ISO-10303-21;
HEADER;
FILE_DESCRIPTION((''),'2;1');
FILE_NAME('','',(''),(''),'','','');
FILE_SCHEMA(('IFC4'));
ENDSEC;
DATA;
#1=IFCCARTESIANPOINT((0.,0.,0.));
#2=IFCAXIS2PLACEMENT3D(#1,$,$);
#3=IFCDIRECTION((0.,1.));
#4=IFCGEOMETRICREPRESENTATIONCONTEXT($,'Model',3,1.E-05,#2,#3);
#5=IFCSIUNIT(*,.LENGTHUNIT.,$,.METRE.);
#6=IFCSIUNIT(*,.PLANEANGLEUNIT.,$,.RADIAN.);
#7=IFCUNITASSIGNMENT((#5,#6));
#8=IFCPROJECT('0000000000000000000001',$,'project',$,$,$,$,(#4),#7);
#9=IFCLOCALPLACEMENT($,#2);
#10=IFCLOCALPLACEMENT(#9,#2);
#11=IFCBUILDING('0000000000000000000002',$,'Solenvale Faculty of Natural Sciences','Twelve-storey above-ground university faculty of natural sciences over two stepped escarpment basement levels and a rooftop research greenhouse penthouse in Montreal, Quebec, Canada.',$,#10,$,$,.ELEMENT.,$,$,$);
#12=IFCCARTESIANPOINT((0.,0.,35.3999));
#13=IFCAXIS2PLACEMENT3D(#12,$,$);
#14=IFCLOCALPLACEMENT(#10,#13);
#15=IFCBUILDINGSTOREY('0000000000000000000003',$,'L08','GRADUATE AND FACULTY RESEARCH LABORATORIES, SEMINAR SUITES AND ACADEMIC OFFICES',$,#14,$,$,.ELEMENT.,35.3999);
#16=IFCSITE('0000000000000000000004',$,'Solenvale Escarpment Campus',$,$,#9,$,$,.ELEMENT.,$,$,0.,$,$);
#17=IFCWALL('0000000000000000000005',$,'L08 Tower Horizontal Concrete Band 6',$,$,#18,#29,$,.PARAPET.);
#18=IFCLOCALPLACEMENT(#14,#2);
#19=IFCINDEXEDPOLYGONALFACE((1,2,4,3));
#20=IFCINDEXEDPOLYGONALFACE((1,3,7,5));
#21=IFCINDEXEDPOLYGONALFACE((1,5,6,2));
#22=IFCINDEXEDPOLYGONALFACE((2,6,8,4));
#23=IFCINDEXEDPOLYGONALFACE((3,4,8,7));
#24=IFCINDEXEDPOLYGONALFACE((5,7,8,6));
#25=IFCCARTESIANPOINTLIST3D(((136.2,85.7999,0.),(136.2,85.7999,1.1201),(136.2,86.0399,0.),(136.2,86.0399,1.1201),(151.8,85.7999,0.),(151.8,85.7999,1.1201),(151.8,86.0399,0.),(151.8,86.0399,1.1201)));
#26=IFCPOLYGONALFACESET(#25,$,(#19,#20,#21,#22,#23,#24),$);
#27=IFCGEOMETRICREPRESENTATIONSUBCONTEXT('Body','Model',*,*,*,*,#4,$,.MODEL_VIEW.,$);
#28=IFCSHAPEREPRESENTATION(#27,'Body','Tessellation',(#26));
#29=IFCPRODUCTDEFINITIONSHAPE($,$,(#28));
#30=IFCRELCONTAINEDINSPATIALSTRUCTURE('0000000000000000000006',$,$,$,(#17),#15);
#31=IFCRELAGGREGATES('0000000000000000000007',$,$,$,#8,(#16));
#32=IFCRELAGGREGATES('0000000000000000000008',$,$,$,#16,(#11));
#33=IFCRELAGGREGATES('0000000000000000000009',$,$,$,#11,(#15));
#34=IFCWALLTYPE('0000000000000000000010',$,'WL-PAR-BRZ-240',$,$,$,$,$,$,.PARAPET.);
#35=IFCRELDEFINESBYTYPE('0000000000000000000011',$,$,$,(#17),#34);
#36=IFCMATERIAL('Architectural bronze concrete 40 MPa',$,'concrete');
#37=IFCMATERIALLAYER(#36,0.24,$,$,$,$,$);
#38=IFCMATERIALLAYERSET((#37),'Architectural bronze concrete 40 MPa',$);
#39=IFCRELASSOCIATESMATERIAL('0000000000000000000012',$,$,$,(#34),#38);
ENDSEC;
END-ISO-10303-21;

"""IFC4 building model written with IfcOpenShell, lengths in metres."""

from ifc_helpers import new_model, si_unit, direction, frame, frame_2d, origin, place, context, subcontext, project, spatial, rectangle, extrude, material, layer, layer_set, type_object, element, save


model = new_model("IFC4")

# Units and contexts
model_context = context("Model", 3, precision=1e-05, world=origin(), true_north=direction((0.0, 1.0)))
body_context = subcontext(model_context, "Body", "Model", "MODEL_VIEW")
ifc_project = project(units=[si_unit("LENGTHUNIT", "METRE"), si_unit("PLANEANGLEUNIT", "RADIAN")], contexts=[model_context])

# Site, building, storey
site_placement = place(None, origin())
site = spatial("IfcSite", under=ifc_project, at=site_placement, Name="Solenvale Escarpment Campus", CompositionType="ELEMENT", RefElevation=0.0)
building_placement = place(site_placement, origin())
building = spatial("IfcBuilding", under=site, at=building_placement, Name="Solenvale Faculty of Natural Sciences", Description="Twelve-storey above-ground university faculty of natural sciences over two stepped escarpment basement levels and a rooftop research greenhouse penthouse in Montreal, Quebec, Canada.", CompositionType="ELEMENT")
storey_placement = place(building_placement, frame((0.0, 0.0, 35.3999)))
storey = spatial("IfcBuildingStorey", under=building, at=storey_placement, Name="L08", Description="GRADUATE AND FACULTY RESEARCH LABORATORIES, SEMINAR SUITES AND ACADEMIC OFFICES", CompositionType="ELEMENT", Elevation=35.3999)

# Wall
ifc_material_1 = material(Name="Architectural bronze concrete 40 MPa", Category="concrete")
ifc_layer_1 = layer(ifc_material_1, 0.24)
ifc_layer_set_1 = layer_set([ifc_layer_1], Name="Architectural bronze concrete 40 MPa")
wall_type_1 = type_object("IfcWallType", Name="WL-PAR-BRZ-240", PredefinedType="PARAPET", material=ifc_layer_set_1)
wall_1_placement = place(storey_placement, frame((151.8, 85.9199, 0.0), z_axis=(0.0, 0.0, 1.0), x_axis=(-1.0, 0.0, 0.0)))
element("IfcWall", 1, at=wall_1_placement, inside=storey, type_object=wall_type_1, Name="L08 Tower Horizontal Concrete Band 6", PredefinedType="PARAPET", context=body_context, shape_type="SweptSolid", body=[
    extrude(rectangle(XDim=15.6001, YDim=0.24, at=frame_2d((7.8, 0.0))), origin(), (0.0, 0.0, 1.0), 1.1201),
])

save(model, "model.ifc")
